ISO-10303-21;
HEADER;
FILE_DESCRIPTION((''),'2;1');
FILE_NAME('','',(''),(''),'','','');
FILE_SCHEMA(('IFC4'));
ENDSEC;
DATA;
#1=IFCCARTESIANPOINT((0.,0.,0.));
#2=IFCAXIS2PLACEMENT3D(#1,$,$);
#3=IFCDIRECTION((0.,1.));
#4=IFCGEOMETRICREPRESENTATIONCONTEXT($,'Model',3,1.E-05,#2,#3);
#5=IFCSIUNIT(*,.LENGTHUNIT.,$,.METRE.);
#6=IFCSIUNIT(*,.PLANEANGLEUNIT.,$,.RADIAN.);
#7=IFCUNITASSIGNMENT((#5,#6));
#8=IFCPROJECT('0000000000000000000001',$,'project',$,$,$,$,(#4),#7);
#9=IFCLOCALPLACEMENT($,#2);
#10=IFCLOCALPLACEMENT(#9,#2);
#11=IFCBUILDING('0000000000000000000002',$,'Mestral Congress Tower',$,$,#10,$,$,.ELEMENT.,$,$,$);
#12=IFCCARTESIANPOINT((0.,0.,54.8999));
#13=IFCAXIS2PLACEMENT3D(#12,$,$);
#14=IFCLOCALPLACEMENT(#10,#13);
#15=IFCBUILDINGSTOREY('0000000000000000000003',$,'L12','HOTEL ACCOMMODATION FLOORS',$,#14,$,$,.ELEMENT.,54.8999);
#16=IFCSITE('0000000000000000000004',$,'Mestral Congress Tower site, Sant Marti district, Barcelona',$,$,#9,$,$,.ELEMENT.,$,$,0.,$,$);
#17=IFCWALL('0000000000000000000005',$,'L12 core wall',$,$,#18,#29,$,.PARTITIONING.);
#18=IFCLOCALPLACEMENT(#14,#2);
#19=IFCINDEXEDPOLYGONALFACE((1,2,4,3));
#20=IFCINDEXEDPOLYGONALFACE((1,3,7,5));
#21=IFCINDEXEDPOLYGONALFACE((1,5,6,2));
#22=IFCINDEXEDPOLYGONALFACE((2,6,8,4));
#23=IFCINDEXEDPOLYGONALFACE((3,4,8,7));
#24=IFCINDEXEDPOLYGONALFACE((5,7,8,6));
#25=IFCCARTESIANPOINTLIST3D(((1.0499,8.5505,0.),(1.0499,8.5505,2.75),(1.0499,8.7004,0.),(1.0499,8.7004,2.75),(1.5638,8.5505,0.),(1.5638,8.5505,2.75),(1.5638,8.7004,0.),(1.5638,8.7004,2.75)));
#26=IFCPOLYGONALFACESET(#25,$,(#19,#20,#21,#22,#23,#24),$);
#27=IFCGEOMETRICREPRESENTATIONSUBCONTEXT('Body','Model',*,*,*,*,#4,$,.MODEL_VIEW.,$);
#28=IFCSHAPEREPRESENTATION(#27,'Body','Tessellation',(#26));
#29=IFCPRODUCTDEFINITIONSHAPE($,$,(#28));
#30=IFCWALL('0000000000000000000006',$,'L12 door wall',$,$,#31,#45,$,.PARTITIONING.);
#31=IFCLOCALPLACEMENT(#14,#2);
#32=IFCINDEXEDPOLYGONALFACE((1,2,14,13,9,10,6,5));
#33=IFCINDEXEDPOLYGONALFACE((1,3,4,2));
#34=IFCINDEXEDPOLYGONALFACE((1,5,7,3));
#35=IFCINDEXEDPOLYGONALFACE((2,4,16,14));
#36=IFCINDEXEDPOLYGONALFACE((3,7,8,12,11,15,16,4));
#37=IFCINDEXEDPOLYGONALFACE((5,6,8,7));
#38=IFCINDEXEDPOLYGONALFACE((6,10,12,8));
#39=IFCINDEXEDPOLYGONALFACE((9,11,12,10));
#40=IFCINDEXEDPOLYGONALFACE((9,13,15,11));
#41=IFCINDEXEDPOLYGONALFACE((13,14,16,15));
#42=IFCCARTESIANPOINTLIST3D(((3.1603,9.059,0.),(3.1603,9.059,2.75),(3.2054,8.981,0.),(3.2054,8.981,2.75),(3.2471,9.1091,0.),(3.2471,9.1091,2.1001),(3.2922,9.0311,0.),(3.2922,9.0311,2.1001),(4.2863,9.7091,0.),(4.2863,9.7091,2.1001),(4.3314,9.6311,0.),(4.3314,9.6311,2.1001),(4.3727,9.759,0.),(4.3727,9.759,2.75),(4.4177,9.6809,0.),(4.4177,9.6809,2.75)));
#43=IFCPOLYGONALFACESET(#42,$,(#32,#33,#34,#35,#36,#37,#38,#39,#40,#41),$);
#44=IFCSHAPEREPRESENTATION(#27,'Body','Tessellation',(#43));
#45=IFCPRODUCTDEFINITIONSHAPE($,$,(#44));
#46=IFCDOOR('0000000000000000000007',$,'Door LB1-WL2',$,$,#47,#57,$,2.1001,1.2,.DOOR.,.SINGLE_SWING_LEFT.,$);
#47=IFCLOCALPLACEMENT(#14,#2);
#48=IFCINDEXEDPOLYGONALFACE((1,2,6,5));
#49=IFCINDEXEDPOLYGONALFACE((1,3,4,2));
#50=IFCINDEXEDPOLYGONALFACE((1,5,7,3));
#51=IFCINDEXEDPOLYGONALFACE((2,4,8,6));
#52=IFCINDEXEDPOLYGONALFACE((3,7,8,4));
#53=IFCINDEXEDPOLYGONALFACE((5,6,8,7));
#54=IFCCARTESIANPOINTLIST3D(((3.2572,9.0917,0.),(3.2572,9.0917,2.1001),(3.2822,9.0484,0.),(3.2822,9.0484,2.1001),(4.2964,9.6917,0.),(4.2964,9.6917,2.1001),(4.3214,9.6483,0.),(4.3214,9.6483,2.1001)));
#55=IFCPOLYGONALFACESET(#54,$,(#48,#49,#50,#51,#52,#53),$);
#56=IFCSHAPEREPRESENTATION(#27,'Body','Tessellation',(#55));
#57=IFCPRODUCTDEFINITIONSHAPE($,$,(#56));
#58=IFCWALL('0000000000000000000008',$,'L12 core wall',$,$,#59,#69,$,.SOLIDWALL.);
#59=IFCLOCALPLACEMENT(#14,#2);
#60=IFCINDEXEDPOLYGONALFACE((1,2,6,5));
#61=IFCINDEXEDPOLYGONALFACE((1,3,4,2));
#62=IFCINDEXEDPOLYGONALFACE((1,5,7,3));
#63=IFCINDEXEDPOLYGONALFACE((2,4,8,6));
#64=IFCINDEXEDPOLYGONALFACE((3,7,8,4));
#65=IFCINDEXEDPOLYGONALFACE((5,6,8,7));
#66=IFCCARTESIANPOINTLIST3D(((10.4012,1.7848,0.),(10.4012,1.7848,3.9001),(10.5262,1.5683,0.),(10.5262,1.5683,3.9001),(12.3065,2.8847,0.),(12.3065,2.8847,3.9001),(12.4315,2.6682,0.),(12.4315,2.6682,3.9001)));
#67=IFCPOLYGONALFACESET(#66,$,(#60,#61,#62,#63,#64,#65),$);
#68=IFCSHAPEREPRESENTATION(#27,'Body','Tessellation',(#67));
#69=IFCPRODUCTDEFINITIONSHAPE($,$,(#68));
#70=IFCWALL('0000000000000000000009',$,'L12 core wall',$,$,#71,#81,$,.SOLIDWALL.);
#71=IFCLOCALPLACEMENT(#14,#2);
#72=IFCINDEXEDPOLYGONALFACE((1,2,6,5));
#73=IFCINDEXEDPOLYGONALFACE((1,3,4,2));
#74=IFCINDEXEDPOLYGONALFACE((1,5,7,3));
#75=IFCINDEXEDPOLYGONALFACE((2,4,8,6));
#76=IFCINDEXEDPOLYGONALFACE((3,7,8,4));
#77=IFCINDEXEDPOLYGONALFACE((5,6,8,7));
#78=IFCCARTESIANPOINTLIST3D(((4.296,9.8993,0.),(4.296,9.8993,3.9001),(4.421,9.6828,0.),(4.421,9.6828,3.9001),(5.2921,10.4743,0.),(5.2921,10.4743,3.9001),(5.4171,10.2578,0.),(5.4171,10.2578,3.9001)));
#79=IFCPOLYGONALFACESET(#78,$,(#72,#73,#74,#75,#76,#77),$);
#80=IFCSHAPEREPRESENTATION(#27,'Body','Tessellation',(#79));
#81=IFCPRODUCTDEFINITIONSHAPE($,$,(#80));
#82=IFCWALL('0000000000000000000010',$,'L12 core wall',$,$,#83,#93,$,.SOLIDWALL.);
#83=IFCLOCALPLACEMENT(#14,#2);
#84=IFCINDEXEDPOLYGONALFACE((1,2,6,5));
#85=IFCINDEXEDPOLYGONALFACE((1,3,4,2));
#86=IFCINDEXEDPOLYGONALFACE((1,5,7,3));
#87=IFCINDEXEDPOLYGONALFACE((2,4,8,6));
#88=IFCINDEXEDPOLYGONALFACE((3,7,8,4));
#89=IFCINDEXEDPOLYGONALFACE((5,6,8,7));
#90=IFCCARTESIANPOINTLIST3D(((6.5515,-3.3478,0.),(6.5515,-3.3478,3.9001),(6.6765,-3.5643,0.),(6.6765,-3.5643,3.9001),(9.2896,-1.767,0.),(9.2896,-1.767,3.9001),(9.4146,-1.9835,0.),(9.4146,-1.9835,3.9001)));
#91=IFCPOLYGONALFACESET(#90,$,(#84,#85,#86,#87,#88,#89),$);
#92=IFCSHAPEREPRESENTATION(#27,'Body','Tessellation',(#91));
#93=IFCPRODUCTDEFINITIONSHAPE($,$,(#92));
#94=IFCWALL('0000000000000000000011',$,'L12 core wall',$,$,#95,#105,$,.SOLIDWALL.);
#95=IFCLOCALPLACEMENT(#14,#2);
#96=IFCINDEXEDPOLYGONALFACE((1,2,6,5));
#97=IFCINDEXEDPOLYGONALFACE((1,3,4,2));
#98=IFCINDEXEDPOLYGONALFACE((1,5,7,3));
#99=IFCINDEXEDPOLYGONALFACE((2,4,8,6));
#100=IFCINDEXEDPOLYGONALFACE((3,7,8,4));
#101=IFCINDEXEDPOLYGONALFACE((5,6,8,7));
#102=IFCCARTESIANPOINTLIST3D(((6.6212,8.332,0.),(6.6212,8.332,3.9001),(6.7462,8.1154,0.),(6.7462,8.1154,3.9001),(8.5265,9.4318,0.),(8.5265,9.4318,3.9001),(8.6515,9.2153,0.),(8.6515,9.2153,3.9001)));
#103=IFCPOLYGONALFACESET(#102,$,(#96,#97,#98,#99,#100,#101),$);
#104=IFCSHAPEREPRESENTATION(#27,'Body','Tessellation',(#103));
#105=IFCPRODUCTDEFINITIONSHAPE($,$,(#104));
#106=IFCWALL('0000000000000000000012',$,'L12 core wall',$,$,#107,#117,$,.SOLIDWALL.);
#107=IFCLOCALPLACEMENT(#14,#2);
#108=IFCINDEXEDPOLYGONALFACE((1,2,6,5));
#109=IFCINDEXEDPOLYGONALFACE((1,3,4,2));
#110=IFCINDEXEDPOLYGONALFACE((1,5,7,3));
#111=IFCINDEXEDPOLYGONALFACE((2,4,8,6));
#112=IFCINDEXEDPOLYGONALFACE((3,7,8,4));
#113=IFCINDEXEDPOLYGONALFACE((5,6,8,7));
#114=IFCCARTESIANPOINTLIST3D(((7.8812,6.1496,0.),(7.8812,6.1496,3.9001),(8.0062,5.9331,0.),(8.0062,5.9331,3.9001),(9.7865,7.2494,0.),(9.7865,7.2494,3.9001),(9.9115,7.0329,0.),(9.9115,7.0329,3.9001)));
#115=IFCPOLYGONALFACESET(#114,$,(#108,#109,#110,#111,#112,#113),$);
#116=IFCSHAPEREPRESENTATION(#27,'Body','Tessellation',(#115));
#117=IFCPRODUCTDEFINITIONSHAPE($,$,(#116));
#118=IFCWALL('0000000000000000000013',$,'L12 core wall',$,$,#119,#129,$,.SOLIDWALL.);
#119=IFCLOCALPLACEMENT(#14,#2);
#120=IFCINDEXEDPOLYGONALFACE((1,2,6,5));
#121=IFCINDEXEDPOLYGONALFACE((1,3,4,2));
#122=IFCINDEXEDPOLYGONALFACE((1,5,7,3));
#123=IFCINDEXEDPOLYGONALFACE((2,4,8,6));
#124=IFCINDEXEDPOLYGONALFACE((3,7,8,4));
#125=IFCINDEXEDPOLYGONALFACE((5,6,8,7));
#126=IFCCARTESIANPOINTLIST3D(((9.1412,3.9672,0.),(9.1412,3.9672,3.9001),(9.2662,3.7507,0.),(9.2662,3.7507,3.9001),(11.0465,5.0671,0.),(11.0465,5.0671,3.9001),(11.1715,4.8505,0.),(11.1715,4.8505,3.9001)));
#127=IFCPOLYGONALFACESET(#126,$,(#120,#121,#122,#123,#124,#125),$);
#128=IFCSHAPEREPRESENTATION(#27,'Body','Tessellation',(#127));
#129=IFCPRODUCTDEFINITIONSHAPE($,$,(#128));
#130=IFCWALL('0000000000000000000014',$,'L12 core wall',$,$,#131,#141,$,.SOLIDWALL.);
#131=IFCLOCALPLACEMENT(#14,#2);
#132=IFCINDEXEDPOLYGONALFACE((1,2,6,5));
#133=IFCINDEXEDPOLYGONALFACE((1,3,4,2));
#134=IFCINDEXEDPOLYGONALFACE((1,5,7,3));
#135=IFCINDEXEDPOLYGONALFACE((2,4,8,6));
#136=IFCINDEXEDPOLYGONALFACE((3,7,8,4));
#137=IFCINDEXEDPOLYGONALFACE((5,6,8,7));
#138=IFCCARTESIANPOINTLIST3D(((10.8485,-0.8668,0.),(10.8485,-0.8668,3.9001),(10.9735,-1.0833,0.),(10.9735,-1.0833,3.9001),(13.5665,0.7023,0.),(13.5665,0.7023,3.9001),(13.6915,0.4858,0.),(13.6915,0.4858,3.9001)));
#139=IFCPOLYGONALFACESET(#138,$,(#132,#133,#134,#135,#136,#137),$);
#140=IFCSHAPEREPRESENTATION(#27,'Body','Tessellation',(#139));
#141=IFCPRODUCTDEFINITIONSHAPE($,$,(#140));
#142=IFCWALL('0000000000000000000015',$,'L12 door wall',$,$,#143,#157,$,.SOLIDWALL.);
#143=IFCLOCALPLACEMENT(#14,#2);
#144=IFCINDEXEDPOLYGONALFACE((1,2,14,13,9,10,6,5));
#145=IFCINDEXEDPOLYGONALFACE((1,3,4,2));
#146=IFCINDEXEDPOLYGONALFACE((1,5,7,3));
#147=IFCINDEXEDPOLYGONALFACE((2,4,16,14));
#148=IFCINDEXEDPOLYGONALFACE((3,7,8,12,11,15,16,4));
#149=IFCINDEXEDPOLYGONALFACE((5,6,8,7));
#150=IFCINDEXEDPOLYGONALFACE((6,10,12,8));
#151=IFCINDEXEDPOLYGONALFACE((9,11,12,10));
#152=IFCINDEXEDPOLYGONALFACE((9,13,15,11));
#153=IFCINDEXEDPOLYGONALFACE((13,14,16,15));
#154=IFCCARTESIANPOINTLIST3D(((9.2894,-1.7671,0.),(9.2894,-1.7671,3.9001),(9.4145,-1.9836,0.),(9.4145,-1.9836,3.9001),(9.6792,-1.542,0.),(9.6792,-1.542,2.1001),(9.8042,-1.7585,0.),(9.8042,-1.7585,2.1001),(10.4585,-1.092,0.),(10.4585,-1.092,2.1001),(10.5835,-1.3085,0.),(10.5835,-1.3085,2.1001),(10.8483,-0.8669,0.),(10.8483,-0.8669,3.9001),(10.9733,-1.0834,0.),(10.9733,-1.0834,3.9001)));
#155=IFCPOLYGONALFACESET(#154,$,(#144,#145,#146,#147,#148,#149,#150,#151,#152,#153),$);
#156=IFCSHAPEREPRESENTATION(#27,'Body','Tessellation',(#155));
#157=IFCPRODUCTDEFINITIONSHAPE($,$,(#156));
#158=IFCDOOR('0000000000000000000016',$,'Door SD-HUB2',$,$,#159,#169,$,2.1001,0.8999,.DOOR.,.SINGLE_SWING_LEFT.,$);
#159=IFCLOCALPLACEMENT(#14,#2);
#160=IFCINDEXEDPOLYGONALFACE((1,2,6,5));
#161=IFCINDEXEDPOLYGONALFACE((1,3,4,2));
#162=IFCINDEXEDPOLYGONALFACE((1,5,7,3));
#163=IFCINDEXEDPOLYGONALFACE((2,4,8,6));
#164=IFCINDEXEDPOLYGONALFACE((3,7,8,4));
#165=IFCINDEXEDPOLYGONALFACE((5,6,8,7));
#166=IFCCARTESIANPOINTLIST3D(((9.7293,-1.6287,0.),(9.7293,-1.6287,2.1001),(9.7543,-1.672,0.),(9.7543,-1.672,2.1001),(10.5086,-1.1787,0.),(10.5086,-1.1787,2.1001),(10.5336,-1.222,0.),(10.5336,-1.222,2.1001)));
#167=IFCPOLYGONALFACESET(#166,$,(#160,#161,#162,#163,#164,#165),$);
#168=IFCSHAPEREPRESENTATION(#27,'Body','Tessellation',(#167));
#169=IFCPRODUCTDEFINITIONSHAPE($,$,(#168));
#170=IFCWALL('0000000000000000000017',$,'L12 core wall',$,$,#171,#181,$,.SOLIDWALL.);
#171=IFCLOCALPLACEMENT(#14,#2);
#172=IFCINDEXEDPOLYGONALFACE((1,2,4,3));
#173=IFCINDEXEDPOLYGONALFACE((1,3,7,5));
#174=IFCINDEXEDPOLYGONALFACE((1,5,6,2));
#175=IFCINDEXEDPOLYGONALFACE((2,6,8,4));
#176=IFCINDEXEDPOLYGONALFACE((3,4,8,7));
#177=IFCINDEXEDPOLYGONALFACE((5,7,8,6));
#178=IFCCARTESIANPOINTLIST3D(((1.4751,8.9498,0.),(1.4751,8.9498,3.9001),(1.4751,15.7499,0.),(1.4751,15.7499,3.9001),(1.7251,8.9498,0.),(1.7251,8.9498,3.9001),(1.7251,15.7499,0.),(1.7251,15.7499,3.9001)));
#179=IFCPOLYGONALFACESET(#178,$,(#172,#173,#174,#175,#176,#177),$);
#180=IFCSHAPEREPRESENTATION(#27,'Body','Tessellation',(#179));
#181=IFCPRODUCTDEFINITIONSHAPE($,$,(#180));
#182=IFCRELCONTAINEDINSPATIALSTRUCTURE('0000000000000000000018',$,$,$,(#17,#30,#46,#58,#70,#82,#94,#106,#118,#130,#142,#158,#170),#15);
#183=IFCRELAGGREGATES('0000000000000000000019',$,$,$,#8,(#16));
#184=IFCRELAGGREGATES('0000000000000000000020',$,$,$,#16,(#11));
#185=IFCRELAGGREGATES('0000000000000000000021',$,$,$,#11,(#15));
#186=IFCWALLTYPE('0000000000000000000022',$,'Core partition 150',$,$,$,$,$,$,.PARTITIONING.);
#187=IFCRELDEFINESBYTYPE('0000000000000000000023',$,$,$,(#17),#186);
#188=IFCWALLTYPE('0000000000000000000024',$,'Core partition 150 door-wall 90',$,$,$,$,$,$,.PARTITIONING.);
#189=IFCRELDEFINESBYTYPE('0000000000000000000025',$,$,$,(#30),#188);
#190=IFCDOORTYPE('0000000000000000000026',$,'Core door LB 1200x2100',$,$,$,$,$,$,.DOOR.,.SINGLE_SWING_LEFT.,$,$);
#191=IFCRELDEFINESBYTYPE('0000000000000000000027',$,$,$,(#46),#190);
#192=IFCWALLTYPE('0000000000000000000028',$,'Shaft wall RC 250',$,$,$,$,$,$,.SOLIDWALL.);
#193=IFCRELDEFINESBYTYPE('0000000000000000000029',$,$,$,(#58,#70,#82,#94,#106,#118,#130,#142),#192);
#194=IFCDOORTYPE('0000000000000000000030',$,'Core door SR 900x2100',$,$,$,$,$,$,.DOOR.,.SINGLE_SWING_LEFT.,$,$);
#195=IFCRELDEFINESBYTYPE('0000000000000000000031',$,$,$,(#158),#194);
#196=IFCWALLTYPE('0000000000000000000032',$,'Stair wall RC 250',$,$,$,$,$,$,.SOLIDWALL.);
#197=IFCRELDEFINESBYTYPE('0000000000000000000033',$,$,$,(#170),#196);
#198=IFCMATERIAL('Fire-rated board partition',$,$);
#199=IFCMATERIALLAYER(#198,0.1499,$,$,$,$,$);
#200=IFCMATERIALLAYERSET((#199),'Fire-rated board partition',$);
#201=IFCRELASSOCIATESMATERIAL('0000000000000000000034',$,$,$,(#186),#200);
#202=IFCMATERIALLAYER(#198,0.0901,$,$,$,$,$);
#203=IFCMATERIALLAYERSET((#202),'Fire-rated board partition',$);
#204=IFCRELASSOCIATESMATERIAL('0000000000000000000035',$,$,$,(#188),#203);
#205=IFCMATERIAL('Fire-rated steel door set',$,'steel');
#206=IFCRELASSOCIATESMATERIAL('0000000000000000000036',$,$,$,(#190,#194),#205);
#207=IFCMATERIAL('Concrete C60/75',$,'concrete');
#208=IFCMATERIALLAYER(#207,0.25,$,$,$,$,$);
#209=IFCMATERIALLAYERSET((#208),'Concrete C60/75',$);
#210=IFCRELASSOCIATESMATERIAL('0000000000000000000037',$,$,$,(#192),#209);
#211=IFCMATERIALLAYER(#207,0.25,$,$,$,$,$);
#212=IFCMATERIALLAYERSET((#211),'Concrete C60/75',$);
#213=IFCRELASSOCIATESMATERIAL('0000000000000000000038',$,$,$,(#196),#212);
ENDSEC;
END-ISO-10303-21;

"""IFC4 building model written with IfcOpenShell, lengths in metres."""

from ifc_helpers import new_model, si_unit, direction, frame, frame_2d, origin, place, context, subcontext, project, spatial, rectangle, extrude, material, layer, layer_set, type_object, element, fill, save


model = new_model("IFC4")

# Units and contexts
model_context = context("Model", 3, precision=1e-05, world=origin(), true_north=direction((0.0, 1.0)))
body_context = subcontext(model_context, "Body", "Model", "MODEL_VIEW")
ifc_project = project(units=[si_unit("LENGTHUNIT", "METRE"), si_unit("PLANEANGLEUNIT", "RADIAN")], contexts=[model_context])

# Site, building, storey
site_placement = place(None, origin())
site = spatial("IfcSite", under=ifc_project, at=site_placement, Name="Mestral Congress Tower site, Sant Marti district, Barcelona", CompositionType="ELEMENT", RefElevation=0.0)
building_placement = place(site_placement, origin())
building = spatial("IfcBuilding", under=site, at=building_placement, Name="Mestral Congress Tower", CompositionType="ELEMENT")
storey_placement = place(building_placement, frame((0.0, 0.0, 54.8999)))
storey = spatial("IfcBuildingStorey", under=building, at=storey_placement, Name="L12", Description="HOTEL ACCOMMODATION FLOORS", CompositionType="ELEMENT", Elevation=54.8999)

# Wall
ifc_material_1 = material(Name="Fire-rated board partition")
ifc_layer_1 = layer(ifc_material_1, 0.1499)
ifc_layer_set_1 = layer_set([ifc_layer_1], Name="Fire-rated board partition")
wall_type_1 = type_object("IfcWallType", Name="Core partition 150", PredefinedType="PARTITIONING", material=ifc_layer_set_1)
wall_1_placement = place(storey_placement, frame((1.05, 8.6255, 0.0), z_axis=(0.0, 0.0, 1.0), x_axis=(1.0, 0.0, 0.0)))
element("IfcWall", 1, at=wall_1_placement, inside=storey, type_object=wall_type_1, Name="L12 core wall", PredefinedType="PARTITIONING", context=body_context, shape_type="SweptSolid", body=[
    extrude(rectangle(XDim=0.5139, YDim=0.1499, at=frame_2d((0.2568, 0.0))), origin(), (0.0, 0.0, 1.0), 2.75),
])

# Wall, opening, door
ifc_layer_2 = layer(ifc_material_1, 0.0901)
ifc_layer_set_2 = layer_set([ifc_layer_2], Name="Fire-rated board partition")
wall_type_2 = type_object("IfcWallType", Name="Core partition 150 door-wall 90", PredefinedType="PARTITIONING", material=ifc_layer_set_2)
wall_2_placement = place(storey_placement, frame((3.1829, 9.02, 0.0), z_axis=(0.0, 0.0, 1.0), x_axis=(0.866035, 0.499984, 0.0)))
wall_2 = element("IfcWall", 2, at=wall_2_placement, inside=storey, type_object=wall_type_2, Name="L12 door wall", PredefinedType="PARTITIONING", context=body_context, shape_type="SweptSolid", body=[
    extrude(rectangle(XDim=1.3999, YDim=0.0901, at=frame_2d((0.7, 0.0))), origin(), (0.0, 0.0, 1.0), 2.75),
])
opening_1_placement = place(wall_2_placement, frame((0.1001, 0.0, 0.0)))
opening_1 = element("IfcOpeningElement", 3, at=opening_1_placement, cuts=wall_2, PredefinedType="OPENING", context=body_context, shape_type="SweptSolid", body=[
    extrude(rectangle(XDim=1.2, YDim=2.1001, at=frame_2d((0.6001, 1.05))), frame((0.0, 0.0549, 0.0), z_axis=(0.0, -1.0, 0.0), x_axis=(1.0, 0.0, 0.0)), (0.0, 0.0, 1.0), 0.1101),
])
ifc_material_2 = material(Name="Fire-rated steel door set", Category="steel")
door_type_1 = type_object("IfcDoorType", Name="Core door LB 1200x2100", OperationType="SINGLE_SWING_LEFT", PredefinedType="DOOR", material=ifc_material_2)
door_1_placement = place(opening_1_placement, origin())
door_1 = element("IfcDoor", 4, at=door_1_placement, inside=storey, type_object=door_type_1, Name="Door LB1-WL2", OperationType="SINGLE_SWING_LEFT", OverallHeight=2.1001, OverallWidth=1.2, PredefinedType="DOOR", context=body_context, shape_type="SweptSolid", body=[
    extrude(rectangle(XDim=1.2, YDim=2.1001, at=frame_2d((0.6001, 1.05))), frame((0.0, 0.0249, 0.0), z_axis=(0.0, -1.0, 0.0), x_axis=(1.0, 0.0, 0.0)), (0.0, 0.0, 1.0), 0.05),
])
fill(opening_1, door_1)

# Walls
ifc_material_3 = material(Name="Concrete C60/75", Category="concrete")
ifc_layer_3 = layer(ifc_material_3, 0.25)
ifc_layer_set_3 = layer_set([ifc_layer_3], Name="Concrete C60/75")
wall_type_3 = type_object("IfcWallType", Name="Shaft wall RC 250", PredefinedType="SOLIDWALL", material=ifc_layer_set_3)
wall_3_placement = place(storey_placement, frame((10.4636, 1.6765, 0.0), z_axis=(0.0, 0.0, 1.0), x_axis=(0.866056, 0.499947, 0.0)))
element("IfcWall", 5, at=wall_3_placement, inside=storey, type_object=wall_type_3, Name="L12 core wall", PredefinedType="SOLIDWALL", context=body_context, shape_type="SweptSolid", body=[
    extrude(rectangle(XDim=2.2, YDim=0.25, at=frame_2d((1.1001, 0.0))), origin(), (0.0, 0.0, 1.0), 3.9001),
])
wall_4_placement = place(storey_placement, frame((4.3584, 9.791, 0.0), z_axis=(0.0, 0.0, 1.0), x_axis=(0.86608, 0.499906, 0.0)))
element("IfcWall", 6, at=wall_4_placement, inside=storey, type_object=wall_type_3, Name="L12 core wall", PredefinedType="SOLIDWALL", context=body_context, shape_type="SweptSolid", body=[
    extrude(rectangle(XDim=1.1501, YDim=0.25, at=frame_2d((0.5752, 0.0))), origin(), (0.0, 0.0, 1.0), 3.9001),
])
wall_5_placement = place(storey_placement, frame((9.3521, -1.8752, 0.0), z_axis=(0.0, 0.0, 1.0), x_axis=(-0.866025, -0.500001, 0.0)))
element("IfcWall", 7, at=wall_5_placement, inside=storey, type_object=wall_type_3, Name="L12 core wall", PredefinedType="SOLIDWALL", context=body_context, shape_type="SweptSolid", body=[
    extrude(rectangle(XDim=3.1616, YDim=0.25, at=frame_2d((1.5808, 0.0))), origin(), (0.0, 0.0, 1.0), 3.9001),
])
for number, where, z_axis, x_axis, name in (
    (8, (6.6836, 8.2236, 0.0), (0.0, 0.0, 1.0), (0.866056, 0.499947, 0.0), "L12 core wall"),
    (9, (7.9436, 6.0413, 0.0), (0.0, 0.0, 1.0), (0.866056, 0.499947, 0.0), "L12 core wall"),
    (10, (9.2036, 3.8589, 0.0), (0.0, 0.0, 1.0), (0.866056, 0.499947, 0.0), "L12 core wall"),
):
    element("IfcWall", number, at=place(storey_placement, frame(where, z_axis=z_axis, x_axis=x_axis)), inside=storey, type_object=wall_type_3, Name=name, PredefinedType="SOLIDWALL", context=body_context, shape_type="SweptSolid", body=[
        extrude(rectangle(XDim=2.2, YDim=0.25, at=frame_2d((1.1001, 0.0))), origin(), (0.0, 0.0, 1.0), 3.9001),
    ])
wall_6_placement = place(storey_placement, frame((10.9109, -0.9751, 0.0), z_axis=(0.0, 0.0, 1.0), x_axis=(0.866047, 0.499963, 0.0)))
element("IfcWall", 11, at=wall_6_placement, inside=storey, type_object=wall_type_3, Name="L12 core wall", PredefinedType="SOLIDWALL", context=body_context, shape_type="SweptSolid", body=[
    extrude(rectangle(XDim=3.1384, YDim=0.25, at=frame_2d((1.5693, 0.0))), origin(), (0.0, 0.0, 1.0), 3.9001),
])

# Wall, opening, door
wall_7_placement = place(storey_placement, frame((9.3521, -1.8752, 0.0), z_axis=(0.0, 0.0, 1.0), x_axis=(0.865989, 0.500063, 0.0)))
wall_7 = element("IfcWall", 12, at=wall_7_placement, inside=storey, type_object=wall_type_3, Name="L12 door wall", PredefinedType="SOLIDWALL", context=body_context, shape_type="SweptSolid", body=[
    extrude(rectangle(XDim=1.8, YDim=0.25, at=frame_2d((0.8999, 0.0))), origin(), (0.0, 0.0, 1.0), 3.9001),
])
opening_2_placement = place(wall_7_placement, frame((0.45, 0.0, 0.0)))
opening_2 = element("IfcOpeningElement", 13, at=opening_2_placement, cuts=wall_7, PredefinedType="OPENING", context=body_context, shape_type="SweptSolid", body=[
    extrude(rectangle(XDim=0.8999, YDim=2.1001, at=frame_2d((0.45, 1.05))), frame((0.0, 0.135, 0.0), z_axis=(0.0, -1.0, 0.0), x_axis=(1.0, 0.0, 0.0)), (0.0, 0.0, 1.0), 0.27),
])
door_type_2 = type_object("IfcDoorType", Name="Core door SR 900x2100", OperationType="SINGLE_SWING_LEFT", PredefinedType="DOOR", material=ifc_material_2)
door_2_placement = place(opening_2_placement, origin())
door_2 = element("IfcDoor", 14, at=door_2_placement, inside=storey, type_object=door_type_2, Name="Door SD-HUB2", OperationType="SINGLE_SWING_LEFT", OverallHeight=2.1001, OverallWidth=0.8999, PredefinedType="DOOR", context=body_context, shape_type="SweptSolid", body=[
    extrude(rectangle(XDim=0.8999, YDim=2.1001, at=frame_2d((0.45, 1.05))), frame((0.0, 0.0249, 0.0), z_axis=(0.0, -1.0, 0.0), x_axis=(1.0, 0.0, 0.0)), (0.0, 0.0, 1.0), 0.05),
])
fill(opening_2, door_2)

# Wall
ifc_layer_4 = layer(ifc_material_3, 0.25)
ifc_layer_set_4 = layer_set([ifc_layer_4], Name="Concrete C60/75")
wall_type_4 = type_object("IfcWallType", Name="Stair wall RC 250", PredefinedType="SOLIDWALL", material=ifc_layer_set_4)
wall_8_placement = place(storey_placement, frame((1.6001, 8.95, 0.0), z_axis=(0.0, 0.0, 1.0), x_axis=(0.0, 1.0, 0.0)))
element("IfcWall", 15, at=wall_8_placement, inside=storey, type_object=wall_type_4, Name="L12 core wall", PredefinedType="SOLIDWALL", context=body_context, shape_type="SweptSolid", body=[
    extrude(rectangle(XDim=6.8, YDim=0.25, at=frame_2d((3.3999, 0.0))), origin(), (0.0, 0.0, 1.0), 3.9001),
])

save(model, "model.ifc")
